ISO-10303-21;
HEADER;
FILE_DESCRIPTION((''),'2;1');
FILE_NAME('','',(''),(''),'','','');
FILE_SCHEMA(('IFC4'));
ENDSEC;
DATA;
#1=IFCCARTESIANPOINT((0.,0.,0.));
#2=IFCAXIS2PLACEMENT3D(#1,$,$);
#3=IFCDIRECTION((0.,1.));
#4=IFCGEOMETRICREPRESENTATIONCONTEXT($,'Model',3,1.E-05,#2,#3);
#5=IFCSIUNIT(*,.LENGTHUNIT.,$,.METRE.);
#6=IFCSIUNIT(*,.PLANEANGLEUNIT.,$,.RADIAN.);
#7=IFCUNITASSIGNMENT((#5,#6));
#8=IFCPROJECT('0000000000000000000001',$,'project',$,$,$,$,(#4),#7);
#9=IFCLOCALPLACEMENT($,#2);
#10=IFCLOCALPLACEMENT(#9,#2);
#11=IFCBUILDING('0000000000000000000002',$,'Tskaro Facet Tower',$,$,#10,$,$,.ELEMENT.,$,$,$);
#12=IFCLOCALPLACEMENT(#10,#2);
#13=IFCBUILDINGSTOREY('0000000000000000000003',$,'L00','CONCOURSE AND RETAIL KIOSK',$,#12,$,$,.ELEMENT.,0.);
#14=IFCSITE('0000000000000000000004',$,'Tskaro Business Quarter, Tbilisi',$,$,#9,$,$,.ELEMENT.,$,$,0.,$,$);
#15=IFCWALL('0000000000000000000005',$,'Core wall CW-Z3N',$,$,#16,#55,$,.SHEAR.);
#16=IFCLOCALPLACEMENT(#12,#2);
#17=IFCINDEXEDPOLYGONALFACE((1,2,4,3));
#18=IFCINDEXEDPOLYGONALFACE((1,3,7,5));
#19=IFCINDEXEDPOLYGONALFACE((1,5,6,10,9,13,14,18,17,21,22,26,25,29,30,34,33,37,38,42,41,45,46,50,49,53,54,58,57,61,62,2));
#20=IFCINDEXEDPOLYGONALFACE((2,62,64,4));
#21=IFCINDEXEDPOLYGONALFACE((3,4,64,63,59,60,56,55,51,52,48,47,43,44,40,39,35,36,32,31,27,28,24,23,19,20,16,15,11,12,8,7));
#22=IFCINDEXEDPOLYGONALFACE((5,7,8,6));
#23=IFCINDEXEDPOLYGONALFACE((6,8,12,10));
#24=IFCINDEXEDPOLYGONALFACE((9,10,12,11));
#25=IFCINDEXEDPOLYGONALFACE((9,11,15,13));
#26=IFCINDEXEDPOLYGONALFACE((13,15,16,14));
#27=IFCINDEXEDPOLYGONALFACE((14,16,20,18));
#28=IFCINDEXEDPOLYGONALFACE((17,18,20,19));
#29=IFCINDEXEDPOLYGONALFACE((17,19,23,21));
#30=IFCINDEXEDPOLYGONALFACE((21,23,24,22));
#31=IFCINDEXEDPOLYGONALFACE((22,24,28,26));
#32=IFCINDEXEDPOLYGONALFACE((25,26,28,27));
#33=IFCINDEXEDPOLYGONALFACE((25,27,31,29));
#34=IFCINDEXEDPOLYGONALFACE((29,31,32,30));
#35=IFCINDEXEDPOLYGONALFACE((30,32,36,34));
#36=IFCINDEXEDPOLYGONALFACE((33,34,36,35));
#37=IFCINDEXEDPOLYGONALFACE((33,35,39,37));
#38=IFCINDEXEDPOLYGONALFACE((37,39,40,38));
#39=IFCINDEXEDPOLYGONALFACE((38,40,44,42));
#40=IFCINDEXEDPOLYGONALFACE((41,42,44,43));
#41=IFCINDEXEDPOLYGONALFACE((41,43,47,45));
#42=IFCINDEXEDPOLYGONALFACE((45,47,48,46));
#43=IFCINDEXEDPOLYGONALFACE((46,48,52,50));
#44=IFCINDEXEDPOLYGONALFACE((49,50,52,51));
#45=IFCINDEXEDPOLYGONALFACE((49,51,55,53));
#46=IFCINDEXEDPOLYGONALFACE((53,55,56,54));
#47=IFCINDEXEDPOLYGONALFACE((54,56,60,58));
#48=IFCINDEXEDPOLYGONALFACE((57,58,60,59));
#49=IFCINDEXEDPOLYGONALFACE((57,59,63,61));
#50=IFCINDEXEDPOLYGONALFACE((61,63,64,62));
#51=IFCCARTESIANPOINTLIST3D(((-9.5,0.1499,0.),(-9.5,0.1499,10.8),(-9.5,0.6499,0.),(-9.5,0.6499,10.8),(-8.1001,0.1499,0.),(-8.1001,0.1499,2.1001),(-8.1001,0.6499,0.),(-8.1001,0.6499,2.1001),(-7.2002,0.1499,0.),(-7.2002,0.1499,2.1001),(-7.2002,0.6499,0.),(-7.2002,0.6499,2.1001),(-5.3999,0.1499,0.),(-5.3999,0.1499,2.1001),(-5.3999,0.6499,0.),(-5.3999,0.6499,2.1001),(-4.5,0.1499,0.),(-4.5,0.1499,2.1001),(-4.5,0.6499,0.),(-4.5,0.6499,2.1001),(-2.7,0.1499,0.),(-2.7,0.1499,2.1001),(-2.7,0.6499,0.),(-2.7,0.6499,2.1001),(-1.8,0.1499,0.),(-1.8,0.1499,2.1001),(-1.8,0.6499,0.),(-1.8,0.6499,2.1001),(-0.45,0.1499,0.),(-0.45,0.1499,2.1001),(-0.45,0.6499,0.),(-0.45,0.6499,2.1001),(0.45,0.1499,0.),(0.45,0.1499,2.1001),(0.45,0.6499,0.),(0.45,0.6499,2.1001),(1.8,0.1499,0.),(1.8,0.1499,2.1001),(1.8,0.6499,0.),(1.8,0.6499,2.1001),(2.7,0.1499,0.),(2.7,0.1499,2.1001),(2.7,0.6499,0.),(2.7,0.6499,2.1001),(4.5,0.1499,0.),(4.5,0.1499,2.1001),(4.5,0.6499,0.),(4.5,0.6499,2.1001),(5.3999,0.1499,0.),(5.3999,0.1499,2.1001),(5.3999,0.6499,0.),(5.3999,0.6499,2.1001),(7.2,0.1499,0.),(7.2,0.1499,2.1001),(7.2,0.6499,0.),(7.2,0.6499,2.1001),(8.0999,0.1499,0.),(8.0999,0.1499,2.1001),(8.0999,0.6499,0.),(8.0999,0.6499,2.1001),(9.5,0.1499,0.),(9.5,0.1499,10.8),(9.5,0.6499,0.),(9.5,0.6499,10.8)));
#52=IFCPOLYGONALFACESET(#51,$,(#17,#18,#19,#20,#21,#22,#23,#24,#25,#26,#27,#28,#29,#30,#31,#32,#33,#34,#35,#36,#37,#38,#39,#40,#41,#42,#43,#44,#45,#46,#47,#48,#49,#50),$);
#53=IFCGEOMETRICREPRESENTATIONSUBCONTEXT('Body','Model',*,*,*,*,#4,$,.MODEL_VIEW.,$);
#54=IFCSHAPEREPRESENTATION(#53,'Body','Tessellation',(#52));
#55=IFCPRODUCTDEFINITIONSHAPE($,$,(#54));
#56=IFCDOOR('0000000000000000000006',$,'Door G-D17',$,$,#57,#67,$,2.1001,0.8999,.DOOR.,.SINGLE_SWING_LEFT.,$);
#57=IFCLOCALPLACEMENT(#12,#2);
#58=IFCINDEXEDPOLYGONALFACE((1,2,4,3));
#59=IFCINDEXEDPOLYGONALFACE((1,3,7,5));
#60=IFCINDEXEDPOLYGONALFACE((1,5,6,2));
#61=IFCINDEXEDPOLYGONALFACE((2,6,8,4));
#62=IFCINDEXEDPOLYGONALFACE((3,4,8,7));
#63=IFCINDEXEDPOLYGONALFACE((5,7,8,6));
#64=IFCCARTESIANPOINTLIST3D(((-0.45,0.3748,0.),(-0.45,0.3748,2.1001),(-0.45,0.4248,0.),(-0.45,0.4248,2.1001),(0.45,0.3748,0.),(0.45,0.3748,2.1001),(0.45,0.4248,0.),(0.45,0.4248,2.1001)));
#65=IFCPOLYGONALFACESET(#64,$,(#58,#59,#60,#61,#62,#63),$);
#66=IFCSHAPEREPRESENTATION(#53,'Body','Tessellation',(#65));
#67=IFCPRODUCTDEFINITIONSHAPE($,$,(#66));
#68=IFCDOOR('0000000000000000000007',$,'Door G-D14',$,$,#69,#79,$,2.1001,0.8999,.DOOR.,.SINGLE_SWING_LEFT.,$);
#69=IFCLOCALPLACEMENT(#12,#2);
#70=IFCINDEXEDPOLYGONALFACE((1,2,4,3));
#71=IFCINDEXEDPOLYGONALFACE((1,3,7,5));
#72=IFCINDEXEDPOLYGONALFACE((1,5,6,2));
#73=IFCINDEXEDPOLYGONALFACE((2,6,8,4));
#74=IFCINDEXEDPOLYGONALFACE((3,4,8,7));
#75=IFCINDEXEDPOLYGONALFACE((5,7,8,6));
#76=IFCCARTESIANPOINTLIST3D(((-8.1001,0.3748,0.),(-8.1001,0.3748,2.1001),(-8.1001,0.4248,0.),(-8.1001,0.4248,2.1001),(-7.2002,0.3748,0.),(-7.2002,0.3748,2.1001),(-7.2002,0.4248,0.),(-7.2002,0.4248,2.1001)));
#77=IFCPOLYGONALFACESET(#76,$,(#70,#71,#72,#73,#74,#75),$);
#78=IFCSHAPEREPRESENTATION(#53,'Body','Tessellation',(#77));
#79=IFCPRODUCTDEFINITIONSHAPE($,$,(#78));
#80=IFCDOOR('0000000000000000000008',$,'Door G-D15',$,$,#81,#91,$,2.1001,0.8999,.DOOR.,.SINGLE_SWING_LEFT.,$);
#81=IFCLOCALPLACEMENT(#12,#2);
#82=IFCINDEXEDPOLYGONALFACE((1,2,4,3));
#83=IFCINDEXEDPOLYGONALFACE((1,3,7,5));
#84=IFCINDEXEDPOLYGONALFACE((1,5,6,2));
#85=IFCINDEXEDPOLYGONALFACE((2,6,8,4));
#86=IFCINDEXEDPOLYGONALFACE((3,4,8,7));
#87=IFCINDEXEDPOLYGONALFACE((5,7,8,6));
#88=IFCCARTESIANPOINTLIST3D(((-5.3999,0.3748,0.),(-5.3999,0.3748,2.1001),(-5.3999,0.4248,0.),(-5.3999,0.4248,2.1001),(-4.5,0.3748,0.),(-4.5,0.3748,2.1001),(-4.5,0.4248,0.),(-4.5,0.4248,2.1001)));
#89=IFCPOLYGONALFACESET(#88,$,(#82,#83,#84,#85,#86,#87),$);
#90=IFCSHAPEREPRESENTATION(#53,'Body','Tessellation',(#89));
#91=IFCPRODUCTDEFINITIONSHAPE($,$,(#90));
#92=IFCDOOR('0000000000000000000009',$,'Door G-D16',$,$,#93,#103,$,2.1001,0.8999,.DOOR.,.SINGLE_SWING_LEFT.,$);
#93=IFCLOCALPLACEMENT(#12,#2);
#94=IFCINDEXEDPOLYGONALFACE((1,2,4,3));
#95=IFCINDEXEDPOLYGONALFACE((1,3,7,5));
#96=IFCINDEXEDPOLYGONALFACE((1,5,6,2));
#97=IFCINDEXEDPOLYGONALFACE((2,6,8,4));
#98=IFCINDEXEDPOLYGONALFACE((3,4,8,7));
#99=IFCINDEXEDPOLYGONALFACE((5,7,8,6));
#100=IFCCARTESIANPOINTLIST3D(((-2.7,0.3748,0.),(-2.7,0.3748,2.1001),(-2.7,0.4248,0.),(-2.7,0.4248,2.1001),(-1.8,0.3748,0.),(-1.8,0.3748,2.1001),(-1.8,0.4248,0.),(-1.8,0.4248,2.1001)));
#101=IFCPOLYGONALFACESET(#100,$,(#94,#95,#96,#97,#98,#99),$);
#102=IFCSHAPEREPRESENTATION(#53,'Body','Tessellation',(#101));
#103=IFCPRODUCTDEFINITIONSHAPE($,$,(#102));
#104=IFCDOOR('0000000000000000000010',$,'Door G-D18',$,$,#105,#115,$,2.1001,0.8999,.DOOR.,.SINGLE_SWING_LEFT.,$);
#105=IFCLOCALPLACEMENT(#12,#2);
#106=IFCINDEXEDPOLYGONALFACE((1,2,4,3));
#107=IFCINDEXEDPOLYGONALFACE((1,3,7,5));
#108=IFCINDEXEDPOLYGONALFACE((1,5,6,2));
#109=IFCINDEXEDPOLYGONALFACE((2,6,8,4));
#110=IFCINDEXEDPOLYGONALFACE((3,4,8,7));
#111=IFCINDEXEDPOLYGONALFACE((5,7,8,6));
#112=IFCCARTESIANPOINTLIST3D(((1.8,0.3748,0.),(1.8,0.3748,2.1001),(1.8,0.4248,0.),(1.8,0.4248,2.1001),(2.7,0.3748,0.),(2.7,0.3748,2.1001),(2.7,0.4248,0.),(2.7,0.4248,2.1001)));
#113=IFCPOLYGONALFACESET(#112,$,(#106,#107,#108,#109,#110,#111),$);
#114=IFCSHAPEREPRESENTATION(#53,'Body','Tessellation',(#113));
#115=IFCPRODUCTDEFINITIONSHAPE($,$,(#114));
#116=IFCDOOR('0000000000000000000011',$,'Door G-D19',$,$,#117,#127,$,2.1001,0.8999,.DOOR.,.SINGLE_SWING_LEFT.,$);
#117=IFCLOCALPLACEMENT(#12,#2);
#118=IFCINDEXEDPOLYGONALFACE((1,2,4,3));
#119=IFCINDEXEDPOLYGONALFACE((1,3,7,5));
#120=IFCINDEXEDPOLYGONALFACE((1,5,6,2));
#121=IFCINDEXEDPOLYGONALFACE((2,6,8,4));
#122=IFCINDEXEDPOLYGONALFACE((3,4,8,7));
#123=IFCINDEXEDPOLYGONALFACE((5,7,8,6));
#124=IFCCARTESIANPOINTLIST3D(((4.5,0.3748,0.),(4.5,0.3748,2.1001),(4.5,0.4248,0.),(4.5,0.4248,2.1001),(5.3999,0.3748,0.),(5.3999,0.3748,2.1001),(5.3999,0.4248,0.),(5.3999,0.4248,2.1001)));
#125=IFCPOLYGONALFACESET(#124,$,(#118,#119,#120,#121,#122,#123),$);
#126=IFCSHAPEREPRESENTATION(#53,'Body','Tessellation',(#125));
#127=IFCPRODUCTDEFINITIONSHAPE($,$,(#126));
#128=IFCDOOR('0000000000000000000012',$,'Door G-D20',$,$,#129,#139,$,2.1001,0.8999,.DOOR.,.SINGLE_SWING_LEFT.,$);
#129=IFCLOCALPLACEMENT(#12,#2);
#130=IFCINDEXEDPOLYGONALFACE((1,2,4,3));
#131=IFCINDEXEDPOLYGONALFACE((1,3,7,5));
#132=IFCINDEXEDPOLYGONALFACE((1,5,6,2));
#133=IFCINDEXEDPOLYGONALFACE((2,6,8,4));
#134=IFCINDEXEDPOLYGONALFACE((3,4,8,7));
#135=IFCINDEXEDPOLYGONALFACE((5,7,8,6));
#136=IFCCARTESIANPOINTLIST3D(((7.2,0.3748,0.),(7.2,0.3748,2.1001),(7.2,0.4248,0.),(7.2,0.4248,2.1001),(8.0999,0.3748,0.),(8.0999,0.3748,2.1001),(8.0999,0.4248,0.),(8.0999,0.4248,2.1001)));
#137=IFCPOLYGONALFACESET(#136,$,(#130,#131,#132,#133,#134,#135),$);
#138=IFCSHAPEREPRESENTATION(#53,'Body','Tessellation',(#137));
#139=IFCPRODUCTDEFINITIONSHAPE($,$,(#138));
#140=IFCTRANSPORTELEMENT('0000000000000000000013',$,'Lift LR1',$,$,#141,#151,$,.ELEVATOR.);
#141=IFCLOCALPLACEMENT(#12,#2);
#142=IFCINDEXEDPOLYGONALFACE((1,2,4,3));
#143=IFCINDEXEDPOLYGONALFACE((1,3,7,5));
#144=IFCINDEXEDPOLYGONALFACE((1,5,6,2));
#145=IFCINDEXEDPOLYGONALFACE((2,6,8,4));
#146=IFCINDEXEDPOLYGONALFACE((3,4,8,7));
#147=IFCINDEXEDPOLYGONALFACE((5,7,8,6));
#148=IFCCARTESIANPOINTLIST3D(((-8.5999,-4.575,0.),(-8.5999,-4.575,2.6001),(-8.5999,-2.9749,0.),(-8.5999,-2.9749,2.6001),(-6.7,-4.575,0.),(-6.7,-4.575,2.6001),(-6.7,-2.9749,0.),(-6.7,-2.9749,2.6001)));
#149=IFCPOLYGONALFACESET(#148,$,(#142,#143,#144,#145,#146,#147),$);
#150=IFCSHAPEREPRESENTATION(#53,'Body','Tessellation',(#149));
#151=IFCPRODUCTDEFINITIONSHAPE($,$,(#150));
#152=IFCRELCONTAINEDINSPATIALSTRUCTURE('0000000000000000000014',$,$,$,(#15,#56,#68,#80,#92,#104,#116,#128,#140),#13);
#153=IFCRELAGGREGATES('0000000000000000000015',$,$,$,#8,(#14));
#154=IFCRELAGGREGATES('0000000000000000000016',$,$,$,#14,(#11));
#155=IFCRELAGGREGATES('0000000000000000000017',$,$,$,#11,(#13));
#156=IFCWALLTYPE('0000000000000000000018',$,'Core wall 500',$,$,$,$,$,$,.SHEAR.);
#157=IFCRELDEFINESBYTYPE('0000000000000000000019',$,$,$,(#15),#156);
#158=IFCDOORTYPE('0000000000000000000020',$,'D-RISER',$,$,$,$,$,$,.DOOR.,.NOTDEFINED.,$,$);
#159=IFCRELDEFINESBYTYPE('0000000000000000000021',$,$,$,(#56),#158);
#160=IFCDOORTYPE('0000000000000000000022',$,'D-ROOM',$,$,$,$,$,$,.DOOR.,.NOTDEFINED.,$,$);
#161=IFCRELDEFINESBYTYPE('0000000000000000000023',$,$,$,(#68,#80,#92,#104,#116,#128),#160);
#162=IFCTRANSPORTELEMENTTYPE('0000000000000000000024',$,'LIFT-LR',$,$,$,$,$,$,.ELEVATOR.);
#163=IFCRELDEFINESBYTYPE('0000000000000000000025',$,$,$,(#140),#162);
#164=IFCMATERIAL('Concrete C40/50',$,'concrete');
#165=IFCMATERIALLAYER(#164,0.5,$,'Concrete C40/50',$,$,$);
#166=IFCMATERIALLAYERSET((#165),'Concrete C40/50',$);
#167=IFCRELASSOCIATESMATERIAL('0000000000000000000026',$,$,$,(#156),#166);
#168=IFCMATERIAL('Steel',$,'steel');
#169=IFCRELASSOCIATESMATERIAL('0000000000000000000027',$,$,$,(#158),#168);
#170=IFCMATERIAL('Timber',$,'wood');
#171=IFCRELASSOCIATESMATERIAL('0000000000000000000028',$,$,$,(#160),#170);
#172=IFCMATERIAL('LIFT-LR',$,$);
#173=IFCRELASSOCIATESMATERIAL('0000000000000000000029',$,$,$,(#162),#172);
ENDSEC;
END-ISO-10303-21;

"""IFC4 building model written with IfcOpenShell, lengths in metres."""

from ifc_helpers import new_model, si_unit, direction, frame, frame_2d, origin, origin_2d, place, context, subcontext, project, spatial, rectangle, extrude, material, layer, layer_set, type_object, element, fill, save


model = new_model("IFC4")

# Units and contexts
model_context = context("Model", 3, precision=1e-05, world=origin(), true_north=direction((0.0, 1.0)))
body_context = subcontext(model_context, "Body", "Model", "MODEL_VIEW")
ifc_project = project(units=[si_unit("LENGTHUNIT", "METRE"), si_unit("PLANEANGLEUNIT", "RADIAN")], contexts=[model_context])

# Site, building, storey
site_placement = place(None, origin())
site = spatial("IfcSite", under=ifc_project, at=site_placement, Name="Tskaro Business Quarter, Tbilisi", CompositionType="ELEMENT", RefElevation=0.0)
building_placement = place(site_placement, origin())
building = spatial("IfcBuilding", under=site, at=building_placement, Name="Tskaro Facet Tower", CompositionType="ELEMENT")
storey_placement = place(building_placement, origin())
storey = spatial("IfcBuildingStorey", under=building, at=storey_placement, Name="L00", Description="CONCOURSE AND RETAIL KIOSK", CompositionType="ELEMENT", Elevation=0.0)

# Wall, openings, doors
ifc_material_1 = material(Name="Concrete C40/50", Category="concrete")
ifc_layer_1 = layer(ifc_material_1, 0.5, Name="Concrete C40/50")
ifc_layer_set_1 = layer_set([ifc_layer_1], Name="Concrete C40/50")
wall_type_1 = type_object("IfcWallType", Name="Core wall 500", PredefinedType="SHEAR", material=ifc_layer_set_1)
wall_1_placement = place(storey_placement, frame((-9.5, 0.3999, 0.0), z_axis=(0.0, 0.0, 1.0), x_axis=(1.0, 0.0, 0.0)))
wall_1 = element("IfcWall", 1, at=wall_1_placement, inside=storey, type_object=wall_type_1, Name="Core wall CW-Z3N", PredefinedType="SHEAR", context=body_context, shape_type="SweptSolid", body=[
    extrude(rectangle(XDim=19.0, YDim=0.5, at=frame_2d((9.5, 0.0))), origin(), (0.0, 0.0, 1.0), 10.8),
])
opening_1_placement = place(wall_1_placement, frame((1.3999, 0.0, 0.0)))
opening_1 = element("IfcOpeningElement", 2, at=opening_1_placement, cuts=wall_1, PredefinedType="OPENING", context=body_context, shape_type="SweptSolid", body=[
    extrude(rectangle(XDim=0.8999, YDim=2.1001, at=frame_2d((0.45, 1.05))), frame((0.0, 0.26, 0.0), z_axis=(0.0, -1.0, 0.0), x_axis=(1.0, 0.0, 0.0)), (0.0, 0.0, 1.0), 0.52),
])
opening_2_placement = place(wall_1_placement, frame((4.1001, 0.0, 0.0)))
opening_2 = element("IfcOpeningElement", 3, at=opening_2_placement, cuts=wall_1, PredefinedType="OPENING", context=body_context, shape_type="SweptSolid", body=[
    extrude(rectangle(XDim=0.8999, YDim=2.1001, at=frame_2d((0.45, 1.05))), frame((0.0, 0.26, 0.0), z_axis=(0.0, -1.0, 0.0), x_axis=(1.0, 0.0, 0.0)), (0.0, 0.0, 1.0), 0.52),
])
opening_3_placement = place(wall_1_placement, frame((6.8, 0.0, 0.0)))
opening_3 = element("IfcOpeningElement", 4, at=opening_3_placement, cuts=wall_1, PredefinedType="OPENING", context=body_context, shape_type="SweptSolid", body=[
    extrude(rectangle(XDim=0.8999, YDim=2.1001, at=frame_2d((0.45, 1.05))), frame((0.0, 0.26, 0.0), z_axis=(0.0, -1.0, 0.0), x_axis=(1.0, 0.0, 0.0)), (0.0, 0.0, 1.0), 0.52),
])
opening_4_placement = place(wall_1_placement, frame((11.3, 0.0, 0.0)))
opening_4 = element("IfcOpeningElement", 5, at=opening_4_placement, cuts=wall_1, PredefinedType="OPENING", context=body_context, shape_type="SweptSolid", body=[
    extrude(rectangle(XDim=0.8999, YDim=2.1001, at=frame_2d((0.45, 1.05))), frame((0.0, 0.26, 0.0), z_axis=(0.0, -1.0, 0.0), x_axis=(1.0, 0.0, 0.0)), (0.0, 0.0, 1.0), 0.52),
])
opening_5_placement = place(wall_1_placement, frame((14.0, 0.0, 0.0)))
opening_5 = element("IfcOpeningElement", 6, at=opening_5_placement, cuts=wall_1, PredefinedType="OPENING", context=body_context, shape_type="SweptSolid", body=[
    extrude(rectangle(XDim=0.8999, YDim=2.1001, at=frame_2d((0.45, 1.05))), frame((0.0, 0.26, 0.0), z_axis=(0.0, -1.0, 0.0), x_axis=(1.0, 0.0, 0.0)), (0.0, 0.0, 1.0), 0.52),
])
opening_6_placement = place(wall_1_placement, frame((16.7, 0.0, 0.0)))
opening_6 = element("IfcOpeningElement", 7, at=opening_6_placement, cuts=wall_1, PredefinedType="OPENING", context=body_context, shape_type="SweptSolid", body=[
    extrude(rectangle(XDim=0.8999, YDim=2.1001, at=frame_2d((0.45, 1.05))), frame((0.0, 0.26, 0.0), z_axis=(0.0, -1.0, 0.0), x_axis=(1.0, 0.0, 0.0)), (0.0, 0.0, 1.0), 0.52),
])
opening_7_placement = place(wall_1_placement, frame((9.05, 0.0, 0.0)))
opening_7 = element("IfcOpeningElement", 8, at=opening_7_placement, cuts=wall_1, PredefinedType="OPENING", context=body_context, shape_type="SweptSolid", body=[
    extrude(rectangle(XDim=0.8999, YDim=2.1001, at=frame_2d((0.45, 1.05))), frame((0.0, 0.26, 0.0), z_axis=(0.0, -1.0, 0.0), x_axis=(1.0, 0.0, 0.0)), (0.0, 0.0, 1.0), 0.52),
])
ifc_material_2 = material(Name="Steel", Category="steel")
door_type_1 = type_object("IfcDoorType", Name="D-RISER", OperationType="NOTDEFINED", PredefinedType="DOOR", material=ifc_material_2)
door_1_placement = place(opening_7_placement, origin())
door_1 = element("IfcDoor", 9, at=door_1_placement, inside=storey, type_object=door_type_1, Name="Door G-D17", OperationType="SINGLE_SWING_LEFT", OverallHeight=2.1001, OverallWidth=0.8999, PredefinedType="DOOR", context=body_context, shape_type="SweptSolid", body=[
    extrude(rectangle(XDim=0.8999, YDim=2.1001, at=frame_2d((0.45, 1.05))), frame((0.0, 0.0249, 0.0), z_axis=(0.0, -1.0, 0.0), x_axis=(1.0, 0.0, 0.0)), (0.0, 0.0, 1.0), 0.05),
])
fill(opening_7, door_1)
ifc_material_3 = material(Name="Timber", Category="wood")
door_type_2 = type_object("IfcDoorType", Name="D-ROOM", OperationType="NOTDEFINED", PredefinedType="DOOR", material=ifc_material_3)
door_2_placement = place(opening_1_placement, origin())
door_2 = element("IfcDoor", 10, at=door_2_placement, inside=storey, type_object=door_type_2, Name="Door G-D14", OperationType="SINGLE_SWING_LEFT", OverallHeight=2.1001, OverallWidth=0.8999, PredefinedType="DOOR", context=body_context, shape_type="SweptSolid", body=[
    extrude(rectangle(XDim=0.8999, YDim=2.1001, at=frame_2d((0.45, 1.05))), frame((0.0, 0.0249, 0.0), z_axis=(0.0, -1.0, 0.0), x_axis=(1.0, 0.0, 0.0)), (0.0, 0.0, 1.0), 0.05),
])
fill(opening_1, door_2)
door_3_placement = place(opening_2_placement, origin())
door_3 = element("IfcDoor", 11, at=door_3_placement, inside=storey, type_object=door_type_2, Name="Door G-D15", OperationType="SINGLE_SWING_LEFT", OverallHeight=2.1001, OverallWidth=0.8999, PredefinedType="DOOR", context=body_context, shape_type="SweptSolid", body=[
    extrude(rectangle(XDim=0.8999, YDim=2.1001, at=frame_2d((0.45, 1.05))), frame((0.0, 0.0249, 0.0), z_axis=(0.0, -1.0, 0.0), x_axis=(1.0, 0.0, 0.0)), (0.0, 0.0, 1.0), 0.05),
])
fill(opening_2, door_3)
door_4_placement = place(opening_3_placement, origin())
door_4 = element("IfcDoor", 12, at=door_4_placement, inside=storey, type_object=door_type_2, Name="Door G-D16", OperationType="SINGLE_SWING_LEFT", OverallHeight=2.1001, OverallWidth=0.8999, PredefinedType="DOOR", context=body_context, shape_type="SweptSolid", body=[
    extrude(rectangle(XDim=0.8999, YDim=2.1001, at=frame_2d((0.45, 1.05))), frame((0.0, 0.0249, 0.0), z_axis=(0.0, -1.0, 0.0), x_axis=(1.0, 0.0, 0.0)), (0.0, 0.0, 1.0), 0.05),
])
fill(opening_3, door_4)
door_5_placement = place(opening_4_placement, origin())
door_5 = element("IfcDoor", 13, at=door_5_placement, inside=storey, type_object=door_type_2, Name="Door G-D18", OperationType="SINGLE_SWING_LEFT", OverallHeight=2.1001, OverallWidth=0.8999, PredefinedType="DOOR", context=body_context, shape_type="SweptSolid", body=[
    extrude(rectangle(XDim=0.8999, YDim=2.1001, at=frame_2d((0.45, 1.05))), frame((0.0, 0.0249, 0.0), z_axis=(0.0, -1.0, 0.0), x_axis=(1.0, 0.0, 0.0)), (0.0, 0.0, 1.0), 0.05),
])
fill(opening_4, door_5)
door_6_placement = place(opening_5_placement, origin())
door_6 = element("IfcDoor", 14, at=door_6_placement, inside=storey, type_object=door_type_2, Name="Door G-D19", OperationType="SINGLE_SWING_LEFT", OverallHeight=2.1001, OverallWidth=0.8999, PredefinedType="DOOR", context=body_context, shape_type="SweptSolid", body=[
    extrude(rectangle(XDim=0.8999, YDim=2.1001, at=frame_2d((0.45, 1.05))), frame((0.0, 0.0249, 0.0), z_axis=(0.0, -1.0, 0.0), x_axis=(1.0, 0.0, 0.0)), (0.0, 0.0, 1.0), 0.05),
])
fill(opening_5, door_6)
door_7_placement = place(opening_6_placement, origin())
door_7 = element("IfcDoor", 15, at=door_7_placement, inside=storey, type_object=door_type_2, Name="Door G-D20", OperationType="SINGLE_SWING_LEFT", OverallHeight=2.1001, OverallWidth=0.8999, PredefinedType="DOOR", context=body_context, shape_type="SweptSolid", body=[
    extrude(rectangle(XDim=0.8999, YDim=2.1001, at=frame_2d((0.45, 1.05))), frame((0.0, 0.0249, 0.0), z_axis=(0.0, -1.0, 0.0), x_axis=(1.0, 0.0, 0.0)), (0.0, 0.0, 1.0), 0.05),
])
fill(opening_6, door_7)

# Transport element
ifc_material_4 = material(Name="LIFT-LR")
transport_element_type_1 = type_object("IfcTransportElementType", Name="LIFT-LR", PredefinedType="ELEVATOR", material=ifc_material_4)
transport_element_1_placement = place(storey_placement, frame((-7.6499, -3.7749, 0.0), z_axis=(0.0, 0.0, 1.0), x_axis=(1.0, 0.0, 0.0)))
element("IfcTransportElement", 16, at=transport_element_1_placement, inside=storey, type_object=transport_element_type_1, Name="Lift LR1", PredefinedType="ELEVATOR", context=body_context, shape_type="SweptSolid", body=[
    extrude(rectangle(XDim=1.8999, YDim=1.6001, at=origin_2d()), origin(), (0.0, 0.0, 1.0), 2.6001),
])

save(model, "model.ifc")
